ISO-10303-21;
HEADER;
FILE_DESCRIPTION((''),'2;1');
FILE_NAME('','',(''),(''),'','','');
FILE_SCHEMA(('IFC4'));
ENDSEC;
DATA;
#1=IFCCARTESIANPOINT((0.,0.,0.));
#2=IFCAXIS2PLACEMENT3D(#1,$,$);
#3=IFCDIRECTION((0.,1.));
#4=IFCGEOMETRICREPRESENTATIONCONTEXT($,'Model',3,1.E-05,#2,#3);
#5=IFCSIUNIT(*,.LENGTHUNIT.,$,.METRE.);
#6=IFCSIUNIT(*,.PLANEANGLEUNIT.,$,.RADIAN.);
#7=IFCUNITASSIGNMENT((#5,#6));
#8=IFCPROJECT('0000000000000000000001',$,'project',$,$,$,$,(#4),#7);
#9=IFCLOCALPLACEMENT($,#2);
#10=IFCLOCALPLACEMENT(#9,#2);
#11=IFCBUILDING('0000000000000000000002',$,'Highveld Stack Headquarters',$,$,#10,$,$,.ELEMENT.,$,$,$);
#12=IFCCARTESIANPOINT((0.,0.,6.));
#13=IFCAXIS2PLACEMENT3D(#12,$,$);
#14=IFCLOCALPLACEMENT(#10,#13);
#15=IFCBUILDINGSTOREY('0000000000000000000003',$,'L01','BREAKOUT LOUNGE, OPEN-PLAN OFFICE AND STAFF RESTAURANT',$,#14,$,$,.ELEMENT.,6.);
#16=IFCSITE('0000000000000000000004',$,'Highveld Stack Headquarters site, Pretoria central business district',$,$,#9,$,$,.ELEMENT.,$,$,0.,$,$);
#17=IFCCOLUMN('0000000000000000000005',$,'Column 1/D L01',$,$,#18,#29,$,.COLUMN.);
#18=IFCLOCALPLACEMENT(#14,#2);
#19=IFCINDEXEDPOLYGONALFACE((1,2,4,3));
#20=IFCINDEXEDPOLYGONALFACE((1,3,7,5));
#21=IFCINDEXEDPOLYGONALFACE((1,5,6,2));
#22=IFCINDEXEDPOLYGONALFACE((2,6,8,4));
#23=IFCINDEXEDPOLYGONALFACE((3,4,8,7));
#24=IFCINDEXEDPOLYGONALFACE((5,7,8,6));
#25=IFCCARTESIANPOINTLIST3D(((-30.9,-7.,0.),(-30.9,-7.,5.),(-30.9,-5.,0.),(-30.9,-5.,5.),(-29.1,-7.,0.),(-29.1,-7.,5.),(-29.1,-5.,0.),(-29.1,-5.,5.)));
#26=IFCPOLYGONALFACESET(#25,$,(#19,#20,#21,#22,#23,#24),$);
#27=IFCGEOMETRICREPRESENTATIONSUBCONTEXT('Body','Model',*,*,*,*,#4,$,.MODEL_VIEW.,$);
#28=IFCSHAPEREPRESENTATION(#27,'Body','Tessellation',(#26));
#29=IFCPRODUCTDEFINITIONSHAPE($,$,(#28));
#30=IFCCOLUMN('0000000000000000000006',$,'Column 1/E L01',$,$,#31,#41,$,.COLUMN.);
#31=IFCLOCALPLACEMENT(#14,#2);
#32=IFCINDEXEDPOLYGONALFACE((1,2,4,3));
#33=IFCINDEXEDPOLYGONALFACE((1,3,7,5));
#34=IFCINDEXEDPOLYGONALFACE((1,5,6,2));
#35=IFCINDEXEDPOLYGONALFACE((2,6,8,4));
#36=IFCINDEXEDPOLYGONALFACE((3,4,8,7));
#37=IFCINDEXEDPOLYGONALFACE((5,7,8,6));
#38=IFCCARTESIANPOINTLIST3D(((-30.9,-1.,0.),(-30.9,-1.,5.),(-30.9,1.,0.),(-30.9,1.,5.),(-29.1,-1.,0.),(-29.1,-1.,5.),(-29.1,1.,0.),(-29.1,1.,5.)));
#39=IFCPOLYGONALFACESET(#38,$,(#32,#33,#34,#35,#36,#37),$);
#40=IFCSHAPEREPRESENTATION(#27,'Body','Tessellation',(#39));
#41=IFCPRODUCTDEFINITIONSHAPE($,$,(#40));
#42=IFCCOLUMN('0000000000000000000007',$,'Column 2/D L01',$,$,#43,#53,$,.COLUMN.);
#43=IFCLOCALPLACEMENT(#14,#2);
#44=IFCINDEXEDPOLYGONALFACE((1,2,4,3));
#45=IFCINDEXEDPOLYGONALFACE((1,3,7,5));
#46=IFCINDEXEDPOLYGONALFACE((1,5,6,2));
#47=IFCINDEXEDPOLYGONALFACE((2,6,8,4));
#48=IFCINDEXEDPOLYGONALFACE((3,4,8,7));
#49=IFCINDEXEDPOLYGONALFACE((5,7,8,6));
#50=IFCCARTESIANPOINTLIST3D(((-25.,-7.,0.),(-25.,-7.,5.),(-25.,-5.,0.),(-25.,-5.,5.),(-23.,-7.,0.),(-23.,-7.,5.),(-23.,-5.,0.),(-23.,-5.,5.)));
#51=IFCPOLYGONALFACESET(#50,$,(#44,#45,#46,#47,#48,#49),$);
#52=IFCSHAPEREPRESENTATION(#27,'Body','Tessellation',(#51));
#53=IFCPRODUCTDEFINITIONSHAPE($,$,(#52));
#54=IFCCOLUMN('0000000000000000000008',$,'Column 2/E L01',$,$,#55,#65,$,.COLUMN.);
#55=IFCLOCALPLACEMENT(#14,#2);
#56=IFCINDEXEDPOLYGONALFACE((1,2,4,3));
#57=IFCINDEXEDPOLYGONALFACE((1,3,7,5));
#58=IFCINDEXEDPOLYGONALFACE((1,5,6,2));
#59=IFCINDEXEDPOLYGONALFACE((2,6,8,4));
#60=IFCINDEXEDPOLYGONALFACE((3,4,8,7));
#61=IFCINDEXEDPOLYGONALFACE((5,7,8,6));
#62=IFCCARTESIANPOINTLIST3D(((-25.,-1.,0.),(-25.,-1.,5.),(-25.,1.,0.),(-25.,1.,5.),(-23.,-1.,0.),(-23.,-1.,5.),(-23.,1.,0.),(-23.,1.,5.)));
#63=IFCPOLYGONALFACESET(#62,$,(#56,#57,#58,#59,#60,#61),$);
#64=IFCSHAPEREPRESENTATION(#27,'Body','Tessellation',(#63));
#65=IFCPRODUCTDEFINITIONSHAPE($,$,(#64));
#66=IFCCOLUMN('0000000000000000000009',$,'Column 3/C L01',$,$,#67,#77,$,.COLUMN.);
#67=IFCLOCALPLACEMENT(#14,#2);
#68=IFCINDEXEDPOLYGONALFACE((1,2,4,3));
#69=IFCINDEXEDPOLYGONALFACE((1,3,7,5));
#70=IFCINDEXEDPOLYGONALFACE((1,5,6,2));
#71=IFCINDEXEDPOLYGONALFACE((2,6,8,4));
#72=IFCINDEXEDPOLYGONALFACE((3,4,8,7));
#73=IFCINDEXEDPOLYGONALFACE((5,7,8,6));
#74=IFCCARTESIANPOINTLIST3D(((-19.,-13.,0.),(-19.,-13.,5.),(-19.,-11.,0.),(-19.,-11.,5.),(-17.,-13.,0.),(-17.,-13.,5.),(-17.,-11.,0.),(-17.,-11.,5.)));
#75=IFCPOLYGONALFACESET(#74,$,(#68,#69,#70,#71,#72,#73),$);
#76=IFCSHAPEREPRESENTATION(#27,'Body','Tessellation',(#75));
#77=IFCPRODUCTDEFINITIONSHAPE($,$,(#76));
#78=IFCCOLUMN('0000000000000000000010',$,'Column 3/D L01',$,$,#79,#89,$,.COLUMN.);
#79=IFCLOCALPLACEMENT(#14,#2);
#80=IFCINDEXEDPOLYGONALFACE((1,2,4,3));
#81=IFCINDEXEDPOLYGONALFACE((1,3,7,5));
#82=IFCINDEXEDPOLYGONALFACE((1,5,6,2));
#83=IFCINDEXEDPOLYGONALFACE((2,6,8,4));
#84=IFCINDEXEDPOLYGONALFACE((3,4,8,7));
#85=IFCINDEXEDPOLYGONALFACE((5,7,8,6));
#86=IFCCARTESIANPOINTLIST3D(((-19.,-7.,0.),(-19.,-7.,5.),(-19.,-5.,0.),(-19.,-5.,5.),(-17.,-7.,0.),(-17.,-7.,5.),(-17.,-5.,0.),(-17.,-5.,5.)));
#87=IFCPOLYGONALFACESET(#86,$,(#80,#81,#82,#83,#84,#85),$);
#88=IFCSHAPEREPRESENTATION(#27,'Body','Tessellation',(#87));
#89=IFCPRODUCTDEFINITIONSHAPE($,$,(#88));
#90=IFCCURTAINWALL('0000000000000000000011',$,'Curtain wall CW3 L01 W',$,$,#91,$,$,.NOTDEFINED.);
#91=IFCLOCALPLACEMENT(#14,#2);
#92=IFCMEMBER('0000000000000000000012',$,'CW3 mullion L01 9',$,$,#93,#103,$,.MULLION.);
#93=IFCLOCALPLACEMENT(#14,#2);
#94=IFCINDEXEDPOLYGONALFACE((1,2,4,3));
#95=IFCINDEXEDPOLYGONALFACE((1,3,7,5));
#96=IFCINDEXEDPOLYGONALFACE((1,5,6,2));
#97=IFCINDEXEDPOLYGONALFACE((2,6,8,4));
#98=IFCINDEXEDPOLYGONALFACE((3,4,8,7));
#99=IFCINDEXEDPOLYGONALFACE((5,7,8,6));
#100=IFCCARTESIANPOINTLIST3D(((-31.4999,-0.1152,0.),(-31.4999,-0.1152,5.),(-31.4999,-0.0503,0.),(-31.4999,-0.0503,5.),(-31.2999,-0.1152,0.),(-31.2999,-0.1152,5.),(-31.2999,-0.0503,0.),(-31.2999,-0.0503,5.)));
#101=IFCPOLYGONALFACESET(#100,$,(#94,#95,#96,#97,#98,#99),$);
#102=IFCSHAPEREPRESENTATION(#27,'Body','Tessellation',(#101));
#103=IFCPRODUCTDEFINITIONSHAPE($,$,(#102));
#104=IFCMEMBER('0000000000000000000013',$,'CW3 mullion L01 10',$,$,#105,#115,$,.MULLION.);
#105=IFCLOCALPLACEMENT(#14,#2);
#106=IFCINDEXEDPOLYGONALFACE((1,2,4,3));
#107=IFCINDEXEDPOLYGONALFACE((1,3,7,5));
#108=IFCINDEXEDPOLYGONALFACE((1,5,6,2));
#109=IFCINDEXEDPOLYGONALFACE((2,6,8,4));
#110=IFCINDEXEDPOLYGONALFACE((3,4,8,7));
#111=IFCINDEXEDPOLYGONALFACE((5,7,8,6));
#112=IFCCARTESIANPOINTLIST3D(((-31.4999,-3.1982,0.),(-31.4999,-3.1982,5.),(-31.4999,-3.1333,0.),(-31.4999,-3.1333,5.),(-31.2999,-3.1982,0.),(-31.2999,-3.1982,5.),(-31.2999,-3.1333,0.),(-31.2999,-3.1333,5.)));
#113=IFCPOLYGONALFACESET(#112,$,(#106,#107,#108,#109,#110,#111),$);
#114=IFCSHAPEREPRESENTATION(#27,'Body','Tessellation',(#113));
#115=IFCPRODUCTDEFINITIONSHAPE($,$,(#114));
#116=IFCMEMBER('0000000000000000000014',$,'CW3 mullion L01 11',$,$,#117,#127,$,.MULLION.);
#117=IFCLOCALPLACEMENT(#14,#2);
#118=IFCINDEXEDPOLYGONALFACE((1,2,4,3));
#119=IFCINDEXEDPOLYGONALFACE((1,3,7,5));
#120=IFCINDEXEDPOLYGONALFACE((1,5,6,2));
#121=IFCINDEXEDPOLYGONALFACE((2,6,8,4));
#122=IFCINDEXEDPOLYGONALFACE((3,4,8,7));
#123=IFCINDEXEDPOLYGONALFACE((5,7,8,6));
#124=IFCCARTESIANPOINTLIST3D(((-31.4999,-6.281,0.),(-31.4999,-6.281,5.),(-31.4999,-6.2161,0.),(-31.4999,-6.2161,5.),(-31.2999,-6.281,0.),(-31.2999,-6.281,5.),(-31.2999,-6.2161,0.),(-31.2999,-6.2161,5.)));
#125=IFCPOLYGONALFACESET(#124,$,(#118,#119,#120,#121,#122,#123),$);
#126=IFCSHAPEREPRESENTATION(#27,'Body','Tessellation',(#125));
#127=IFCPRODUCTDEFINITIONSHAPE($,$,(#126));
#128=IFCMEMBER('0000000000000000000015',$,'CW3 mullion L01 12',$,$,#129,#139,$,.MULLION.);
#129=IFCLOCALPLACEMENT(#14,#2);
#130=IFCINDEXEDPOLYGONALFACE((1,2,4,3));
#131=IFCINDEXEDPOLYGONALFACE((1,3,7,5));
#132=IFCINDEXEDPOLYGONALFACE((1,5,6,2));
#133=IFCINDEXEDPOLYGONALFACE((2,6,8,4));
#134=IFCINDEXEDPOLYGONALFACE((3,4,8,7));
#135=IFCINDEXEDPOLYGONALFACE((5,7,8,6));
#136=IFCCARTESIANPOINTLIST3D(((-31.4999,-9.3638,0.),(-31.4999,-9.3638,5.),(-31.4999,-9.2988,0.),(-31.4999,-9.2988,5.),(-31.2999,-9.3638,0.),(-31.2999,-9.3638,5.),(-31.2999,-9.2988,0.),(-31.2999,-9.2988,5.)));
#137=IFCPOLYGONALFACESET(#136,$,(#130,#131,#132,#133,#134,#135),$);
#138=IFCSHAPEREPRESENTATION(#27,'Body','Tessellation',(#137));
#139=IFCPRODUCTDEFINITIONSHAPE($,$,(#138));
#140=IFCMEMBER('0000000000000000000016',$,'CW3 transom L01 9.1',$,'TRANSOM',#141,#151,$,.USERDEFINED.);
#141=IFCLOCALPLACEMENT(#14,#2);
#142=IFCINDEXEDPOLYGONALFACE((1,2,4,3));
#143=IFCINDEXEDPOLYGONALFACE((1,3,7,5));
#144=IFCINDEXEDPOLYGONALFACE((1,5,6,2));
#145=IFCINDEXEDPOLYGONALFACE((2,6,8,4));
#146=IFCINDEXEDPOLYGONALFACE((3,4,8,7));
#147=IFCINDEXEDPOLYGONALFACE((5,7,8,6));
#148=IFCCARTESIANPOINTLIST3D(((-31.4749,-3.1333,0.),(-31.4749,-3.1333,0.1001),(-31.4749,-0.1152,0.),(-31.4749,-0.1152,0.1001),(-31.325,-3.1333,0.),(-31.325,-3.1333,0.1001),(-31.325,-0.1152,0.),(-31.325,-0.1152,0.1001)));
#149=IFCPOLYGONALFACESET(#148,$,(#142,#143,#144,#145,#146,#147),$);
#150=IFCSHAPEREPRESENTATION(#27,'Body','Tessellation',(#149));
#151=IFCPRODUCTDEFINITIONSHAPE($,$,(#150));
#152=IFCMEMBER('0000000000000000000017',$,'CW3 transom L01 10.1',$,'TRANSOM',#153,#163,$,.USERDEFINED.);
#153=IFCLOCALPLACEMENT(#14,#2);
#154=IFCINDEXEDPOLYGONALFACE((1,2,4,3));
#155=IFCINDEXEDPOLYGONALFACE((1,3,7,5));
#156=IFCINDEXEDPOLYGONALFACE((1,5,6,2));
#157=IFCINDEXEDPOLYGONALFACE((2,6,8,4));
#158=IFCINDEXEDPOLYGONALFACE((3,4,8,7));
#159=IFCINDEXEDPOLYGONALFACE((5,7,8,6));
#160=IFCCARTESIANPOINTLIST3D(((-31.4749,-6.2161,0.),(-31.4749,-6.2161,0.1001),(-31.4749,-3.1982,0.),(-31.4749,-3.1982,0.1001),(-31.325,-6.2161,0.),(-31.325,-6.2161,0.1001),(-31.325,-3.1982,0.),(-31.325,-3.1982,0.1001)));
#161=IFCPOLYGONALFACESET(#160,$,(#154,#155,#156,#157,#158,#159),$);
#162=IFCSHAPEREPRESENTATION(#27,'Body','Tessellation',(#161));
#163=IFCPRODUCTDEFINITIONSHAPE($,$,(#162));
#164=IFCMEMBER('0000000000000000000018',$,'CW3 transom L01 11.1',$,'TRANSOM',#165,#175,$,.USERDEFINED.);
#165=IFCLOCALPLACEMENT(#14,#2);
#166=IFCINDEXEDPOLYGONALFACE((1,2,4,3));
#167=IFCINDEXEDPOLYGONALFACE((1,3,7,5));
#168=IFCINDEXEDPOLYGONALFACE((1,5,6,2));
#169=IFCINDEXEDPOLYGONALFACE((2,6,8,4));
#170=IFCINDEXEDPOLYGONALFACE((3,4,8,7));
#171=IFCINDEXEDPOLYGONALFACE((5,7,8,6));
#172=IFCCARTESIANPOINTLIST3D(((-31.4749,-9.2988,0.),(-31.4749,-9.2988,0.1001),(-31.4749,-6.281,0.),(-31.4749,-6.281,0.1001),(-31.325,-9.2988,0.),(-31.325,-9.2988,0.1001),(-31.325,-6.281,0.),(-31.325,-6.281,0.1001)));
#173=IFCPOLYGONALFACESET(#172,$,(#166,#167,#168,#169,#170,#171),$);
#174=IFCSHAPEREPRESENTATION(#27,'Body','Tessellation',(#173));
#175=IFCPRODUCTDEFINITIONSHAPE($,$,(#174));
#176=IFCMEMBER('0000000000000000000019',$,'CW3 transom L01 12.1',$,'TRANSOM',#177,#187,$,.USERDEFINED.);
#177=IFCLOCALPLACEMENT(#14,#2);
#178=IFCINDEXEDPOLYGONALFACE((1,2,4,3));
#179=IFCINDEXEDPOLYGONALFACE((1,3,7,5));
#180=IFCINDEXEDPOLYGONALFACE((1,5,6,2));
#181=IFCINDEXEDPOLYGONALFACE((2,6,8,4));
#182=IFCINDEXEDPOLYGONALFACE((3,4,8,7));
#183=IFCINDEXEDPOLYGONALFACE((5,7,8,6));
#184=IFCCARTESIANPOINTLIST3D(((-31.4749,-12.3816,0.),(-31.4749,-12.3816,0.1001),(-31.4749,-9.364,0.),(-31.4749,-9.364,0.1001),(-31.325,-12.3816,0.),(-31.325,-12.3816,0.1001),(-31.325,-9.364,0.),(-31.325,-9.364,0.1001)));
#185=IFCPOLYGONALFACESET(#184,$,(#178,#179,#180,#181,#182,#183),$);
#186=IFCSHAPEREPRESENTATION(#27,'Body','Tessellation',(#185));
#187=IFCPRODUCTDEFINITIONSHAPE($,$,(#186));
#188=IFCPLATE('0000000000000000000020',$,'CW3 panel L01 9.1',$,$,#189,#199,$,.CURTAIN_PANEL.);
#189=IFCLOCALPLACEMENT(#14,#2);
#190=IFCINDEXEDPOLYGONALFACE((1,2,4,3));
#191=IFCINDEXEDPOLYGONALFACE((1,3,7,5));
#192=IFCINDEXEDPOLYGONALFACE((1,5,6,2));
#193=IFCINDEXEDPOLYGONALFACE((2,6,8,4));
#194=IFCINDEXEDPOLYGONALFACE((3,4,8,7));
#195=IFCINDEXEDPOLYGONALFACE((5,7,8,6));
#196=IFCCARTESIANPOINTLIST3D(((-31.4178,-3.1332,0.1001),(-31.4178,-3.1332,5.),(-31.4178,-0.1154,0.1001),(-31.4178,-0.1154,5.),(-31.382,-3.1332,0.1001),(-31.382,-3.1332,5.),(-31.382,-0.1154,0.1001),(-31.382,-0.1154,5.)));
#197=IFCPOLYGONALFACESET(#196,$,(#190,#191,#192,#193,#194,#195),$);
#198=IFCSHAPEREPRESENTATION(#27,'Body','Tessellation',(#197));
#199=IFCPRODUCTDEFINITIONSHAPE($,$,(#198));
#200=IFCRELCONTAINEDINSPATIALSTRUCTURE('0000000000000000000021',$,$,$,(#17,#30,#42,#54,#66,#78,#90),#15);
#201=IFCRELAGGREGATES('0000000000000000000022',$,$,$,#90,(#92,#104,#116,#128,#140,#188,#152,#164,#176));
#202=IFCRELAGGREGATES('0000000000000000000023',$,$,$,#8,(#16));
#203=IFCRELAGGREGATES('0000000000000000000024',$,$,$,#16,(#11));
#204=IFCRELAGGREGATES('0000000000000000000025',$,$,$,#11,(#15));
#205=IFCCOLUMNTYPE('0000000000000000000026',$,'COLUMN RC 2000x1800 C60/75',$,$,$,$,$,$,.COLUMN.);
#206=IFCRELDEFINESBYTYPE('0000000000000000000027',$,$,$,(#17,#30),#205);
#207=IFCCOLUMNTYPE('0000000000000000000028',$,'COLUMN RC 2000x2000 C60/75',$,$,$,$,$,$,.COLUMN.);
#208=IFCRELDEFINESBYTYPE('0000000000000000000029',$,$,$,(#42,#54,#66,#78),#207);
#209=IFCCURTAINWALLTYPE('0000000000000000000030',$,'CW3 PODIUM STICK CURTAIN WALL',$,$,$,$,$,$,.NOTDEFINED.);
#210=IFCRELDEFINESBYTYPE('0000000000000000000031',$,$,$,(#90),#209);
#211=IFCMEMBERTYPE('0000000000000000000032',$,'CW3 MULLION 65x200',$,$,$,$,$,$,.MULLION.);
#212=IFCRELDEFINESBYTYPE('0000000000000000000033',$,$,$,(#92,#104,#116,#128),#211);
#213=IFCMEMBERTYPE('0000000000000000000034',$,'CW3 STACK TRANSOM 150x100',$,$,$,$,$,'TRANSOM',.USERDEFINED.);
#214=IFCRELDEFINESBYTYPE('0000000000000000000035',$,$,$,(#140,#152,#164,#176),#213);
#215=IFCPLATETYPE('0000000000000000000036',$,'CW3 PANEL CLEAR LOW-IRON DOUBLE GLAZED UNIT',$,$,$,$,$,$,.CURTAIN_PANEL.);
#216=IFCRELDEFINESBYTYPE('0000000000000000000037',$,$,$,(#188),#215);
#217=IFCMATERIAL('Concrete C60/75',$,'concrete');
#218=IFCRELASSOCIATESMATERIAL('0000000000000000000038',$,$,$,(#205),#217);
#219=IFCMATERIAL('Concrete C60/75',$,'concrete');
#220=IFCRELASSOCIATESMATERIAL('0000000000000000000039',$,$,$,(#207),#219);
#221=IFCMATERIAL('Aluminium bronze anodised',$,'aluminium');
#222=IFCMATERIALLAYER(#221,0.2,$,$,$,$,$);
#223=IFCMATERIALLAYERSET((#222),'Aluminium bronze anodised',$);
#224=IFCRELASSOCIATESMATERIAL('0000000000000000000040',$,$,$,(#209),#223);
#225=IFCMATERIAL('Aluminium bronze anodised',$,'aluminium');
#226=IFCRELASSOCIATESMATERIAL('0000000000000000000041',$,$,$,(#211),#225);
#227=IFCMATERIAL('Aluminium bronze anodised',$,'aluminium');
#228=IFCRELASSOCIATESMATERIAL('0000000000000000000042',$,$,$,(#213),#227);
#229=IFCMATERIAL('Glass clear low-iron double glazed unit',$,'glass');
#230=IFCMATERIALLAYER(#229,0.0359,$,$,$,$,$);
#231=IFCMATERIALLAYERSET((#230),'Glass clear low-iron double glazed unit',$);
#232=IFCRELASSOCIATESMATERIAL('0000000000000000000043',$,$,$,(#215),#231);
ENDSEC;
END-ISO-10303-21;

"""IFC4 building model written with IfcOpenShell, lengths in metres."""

from ifc_helpers import new_model, si_unit, direction, frame, origin, origin_2d, place, context, subcontext, project, spatial, rectangle, extrude, material, layer, layer_set, material_profile, profile_set, type_object, element, aggregate, save


model = new_model("IFC4")

# Units and contexts
model_context = context("Model", 3, precision=1e-05, world=origin(), true_north=direction((0.0, 1.0)))
body_context = subcontext(model_context, "Body", "Model", "MODEL_VIEW")
ifc_project = project(units=[si_unit("LENGTHUNIT", "METRE"), si_unit("PLANEANGLEUNIT", "RADIAN")], contexts=[model_context])

# Site, building, storey
site_placement = place(None, origin())
site = spatial("IfcSite", under=ifc_project, at=site_placement, Name="Highveld Stack Headquarters site, Pretoria central business district", CompositionType="ELEMENT", RefElevation=0.0)
building_placement = place(site_placement, origin())
building = spatial("IfcBuilding", under=site, at=building_placement, Name="Highveld Stack Headquarters", CompositionType="ELEMENT")
storey_placement = place(building_placement, frame((0.0, 0.0, 6.0)))
storey = spatial("IfcBuildingStorey", under=building, at=storey_placement, Name="L01", Description="BREAKOUT LOUNGE, OPEN-PLAN OFFICE AND STAFF RESTAURANT", CompositionType="ELEMENT", Elevation=6.0)

# Columns
ifc_material_1 = material(Name="Concrete C60/75", Category="concrete")
ifc_material_profile_1 = material_profile(ifc_material_1, rectangle(XDim=2.0, YDim=1.8, at=origin_2d()), Name="RC 2000x1800")
ifc_profile_set_1 = profile_set([ifc_material_profile_1], Name="Concrete C60/75")
column_type_1 = type_object("IfcColumnType", Name="COLUMN RC 2000x1800 C60/75", PredefinedType="COLUMN", material=ifc_profile_set_1)
for number, where, z_axis, x_axis, name in (
    (1, (-30.0, -6.0, 0.0), (0.0, 0.0, 1.0), (0.0, 1.0, 0.0), "Column 1/D L01"),
    (2, (-30.0, 0.0, 0.0), (0.0, 0.0, 1.0), (0.0, 1.0, 0.0), "Column 1/E L01"),
):
    element("IfcColumn", number, at=place(storey_placement, frame(where, z_axis=z_axis, x_axis=x_axis)), inside=storey, type_object=column_type_1, Name=name, PredefinedType="COLUMN", context=body_context, shape_type="SweptSolid", body=[
        extrude(rectangle(XDim=2.0, YDim=1.8, at=origin_2d()), origin(), (0.0, 0.0, 1.0), 5.0),
    ])
ifc_material_2 = material(Name="Concrete C60/75", Category="concrete")
ifc_material_profile_2 = material_profile(ifc_material_2, rectangle(XDim=2.0, YDim=2.0, at=origin_2d()), Name="RC 2000x2000")
ifc_profile_set_2 = profile_set([ifc_material_profile_2], Name="Concrete C60/75")
column_type_2 = type_object("IfcColumnType", Name="COLUMN RC 2000x2000 C60/75", PredefinedType="COLUMN", material=ifc_profile_set_2)
for number, where, z_axis, x_axis, name in (
    (3, (-24.0, -6.0, 0.0), (0.0, 0.0, 1.0), (1.0, 0.0, 0.0), "Column 2/D L01"),
    (4, (-24.0, 0.0, 0.0), (0.0, 0.0, 1.0), (1.0, 0.0, 0.0), "Column 2/E L01"),
    (5, (-18.0, -12.0, 0.0), (0.0, 0.0, 1.0), (1.0, 0.0, 0.0), "Column 3/C L01"),
    (6, (-18.0, -6.0, 0.0), (0.0, 0.0, 1.0), (1.0, 0.0, 0.0), "Column 3/D L01"),
):
    element("IfcColumn", number, at=place(storey_placement, frame(where, z_axis=z_axis, x_axis=x_axis)), inside=storey, type_object=column_type_2, Name=name, PredefinedType="COLUMN", context=body_context, shape_type="SweptSolid", body=[
        extrude(rectangle(XDim=2.0, YDim=2.0, at=origin_2d()), origin(), (0.0, 0.0, 1.0), 5.0),
    ])

# Curtain wall, members, plate
ifc_material_3 = material(Name="Aluminium bronze anodised", Category="aluminium")
ifc_layer_1 = layer(ifc_material_3, 0.2)
ifc_layer_set_1 = layer_set([ifc_layer_1], Name="Aluminium bronze anodised")
curtain_wall_type = type_object("IfcCurtainWallType", Name="CW3 PODIUM STICK CURTAIN WALL", PredefinedType="NOTDEFINED", material=ifc_layer_set_1)
curtain_wall_placement = place(storey_placement, origin())
curtain_wall = element("IfcCurtainWall", 7, at=curtain_wall_placement, inside=storey, type_object=curtain_wall_type, Name="Curtain wall CW3 L01 W", PredefinedType="NOTDEFINED")
ifc_material_4 = material(Name="Aluminium bronze anodised", Category="aluminium")
ifc_material_profile_3 = material_profile(ifc_material_4, rectangle(XDim=0.2, YDim=0.0649, at=origin_2d()), Name="CW3 MULLION 65x200")
ifc_profile_set_3 = profile_set([ifc_material_profile_3], Name="Aluminium bronze anodised")
member_type_1 = type_object("IfcMemberType", Name="CW3 MULLION 65x200", PredefinedType="MULLION", material=ifc_profile_set_3)
member_1_placement = place(storey_placement, frame((-31.3999, -0.0828, 0.0), z_axis=(0.0, 0.0, 1.0), x_axis=(1.0, 0.0, 0.0)))
member_1 = element("IfcMember", 8, at=member_1_placement, type_object=member_type_1, Name="CW3 mullion L01 9", PredefinedType="MULLION", context=body_context, shape_type="SweptSolid", body=[
    extrude(rectangle(XDim=0.2, YDim=0.0649, at=origin_2d()), origin(), (0.0, 0.0, 1.0), 5.0),
])
member_2_placement = place(storey_placement, frame((-31.3999, -3.1658, 0.0), z_axis=(0.0, 0.0, 1.0), x_axis=(1.0, 0.0, 0.0)))
member_2 = element("IfcMember", 9, at=member_2_placement, type_object=member_type_1, Name="CW3 mullion L01 10", PredefinedType="MULLION", context=body_context, shape_type="SweptSolid", body=[
    extrude(rectangle(XDim=0.2, YDim=0.0649, at=origin_2d()), origin(), (0.0, 0.0, 1.0), 5.0),
])
member_3_placement = place(storey_placement, frame((-31.3999, -6.2485, 0.0), z_axis=(0.0, 0.0, 1.0), x_axis=(1.0, 0.0, 0.0)))
member_3 = element("IfcMember", 10, at=member_3_placement, type_object=member_type_1, Name="CW3 mullion L01 11", PredefinedType="MULLION", context=body_context, shape_type="SweptSolid", body=[
    extrude(rectangle(XDim=0.2, YDim=0.0649, at=origin_2d()), origin(), (0.0, 0.0, 1.0), 5.0),
])
member_4_placement = place(storey_placement, frame((-31.3999, -9.3313, 0.0), z_axis=(0.0, 0.0, 1.0), x_axis=(1.0, 0.0, 0.0)))
member_4 = element("IfcMember", 11, at=member_4_placement, type_object=member_type_1, Name="CW3 mullion L01 12", PredefinedType="MULLION", context=body_context, shape_type="SweptSolid", body=[
    extrude(rectangle(XDim=0.2, YDim=0.0649, at=origin_2d()), origin(), (0.0, 0.0, 1.0), 5.0),
])
ifc_material_5 = material(Name="Aluminium bronze anodised", Category="aluminium")
ifc_material_profile_4 = material_profile(ifc_material_5, rectangle(XDim=0.1499, YDim=0.1001, at=origin_2d()), Name="CW3 TRANSOM 150x100")
ifc_profile_set_4 = profile_set([ifc_material_profile_4], Name="Aluminium bronze anodised")
member_type_2 = type_object("IfcMemberType", Name="CW3 STACK TRANSOM 150x100", ElementType="TRANSOM", PredefinedType="USERDEFINED", material=ifc_profile_set_4)
member_5_placement = place(storey_placement, frame((-31.3999, -0.1152, 0.05), z_axis=(0.0, -1.0, 0.0), x_axis=(1.0, 0.0, 0.0)))
member_5 = element("IfcMember", 12, at=member_5_placement, type_object=member_type_2, Name="CW3 transom L01 9.1", ObjectType="TRANSOM", PredefinedType="USERDEFINED", context=body_context, shape_type="SweptSolid", body=[
    extrude(rectangle(XDim=0.1499, YDim=0.1001, at=origin_2d()), origin(), (0.0, 0.0, 1.0), 3.0181),
])
member_6_placement = place(storey_placement, frame((-31.3999, -3.1982, 0.05), z_axis=(0.0, -1.0, 0.0), x_axis=(1.0, 0.0, 0.0)))
member_6 = element("IfcMember", 13, at=member_6_placement, type_object=member_type_2, Name="CW3 transom L01 10.1", ObjectType="TRANSOM", PredefinedType="USERDEFINED", context=body_context, shape_type="SweptSolid", body=[
    extrude(rectangle(XDim=0.1499, YDim=0.1001, at=origin_2d()), origin(), (0.0, 0.0, 1.0), 3.0178),
])
member_7_placement = place(storey_placement, frame((-31.3999, -6.281, 0.05), z_axis=(0.0, -1.0, 0.0), x_axis=(1.0, 0.0, 0.0)))
member_7 = element("IfcMember", 14, at=member_7_placement, type_object=member_type_2, Name="CW3 transom L01 11.1", ObjectType="TRANSOM", PredefinedType="USERDEFINED", context=body_context, shape_type="SweptSolid", body=[
    extrude(rectangle(XDim=0.1499, YDim=0.1001, at=origin_2d()), origin(), (0.0, 0.0, 1.0), 3.0178),
])
member_8_placement = place(storey_placement, frame((-31.3999, -9.364, 0.05), z_axis=(0.0, -1.0, 0.0), x_axis=(1.0, 0.0, 0.0)))
member_8 = element("IfcMember", 15, at=member_8_placement, type_object=member_type_2, Name="CW3 transom L01 12.1", ObjectType="TRANSOM", PredefinedType="USERDEFINED", context=body_context, shape_type="SweptSolid", body=[
    extrude(rectangle(XDim=0.1499, YDim=0.1001, at=origin_2d()), origin(), (0.0, 0.0, 1.0), 3.0176),
])
ifc_material_6 = material(Name="Glass clear low-iron double glazed unit", Category="glass")
ifc_layer_2 = layer(ifc_material_6, 0.0359)
ifc_layer_set_2 = layer_set([ifc_layer_2], Name="Glass clear low-iron double glazed unit")
plate_type = type_object("IfcPlateType", Name="CW3 PANEL CLEAR LOW-IRON DOUBLE GLAZED UNIT", PredefinedType="CURTAIN_PANEL", material=ifc_layer_set_2)
plate_1_placement = place(storey_placement, frame((-31.3999, -1.6243, 0.1001), z_axis=(0.0, 0.0, 1.0), x_axis=(0.0, -1.0, 0.0)))
plate_1 = element("IfcPlate", 16, at=plate_1_placement, type_object=plate_type, Name="CW3 panel L01 9.1", PredefinedType="CURTAIN_PANEL", context=body_context, shape_type="SweptSolid", body=[
    extrude(rectangle(XDim=3.0178, YDim=0.0359, at=origin_2d()), origin(), (0.0, 0.0, 1.0), 4.8999),
])
aggregate(curtain_wall, [member_1, member_2, member_3, member_4, member_5, plate_1, member_6, member_7, member_8])

save(model, "model.ifc")
